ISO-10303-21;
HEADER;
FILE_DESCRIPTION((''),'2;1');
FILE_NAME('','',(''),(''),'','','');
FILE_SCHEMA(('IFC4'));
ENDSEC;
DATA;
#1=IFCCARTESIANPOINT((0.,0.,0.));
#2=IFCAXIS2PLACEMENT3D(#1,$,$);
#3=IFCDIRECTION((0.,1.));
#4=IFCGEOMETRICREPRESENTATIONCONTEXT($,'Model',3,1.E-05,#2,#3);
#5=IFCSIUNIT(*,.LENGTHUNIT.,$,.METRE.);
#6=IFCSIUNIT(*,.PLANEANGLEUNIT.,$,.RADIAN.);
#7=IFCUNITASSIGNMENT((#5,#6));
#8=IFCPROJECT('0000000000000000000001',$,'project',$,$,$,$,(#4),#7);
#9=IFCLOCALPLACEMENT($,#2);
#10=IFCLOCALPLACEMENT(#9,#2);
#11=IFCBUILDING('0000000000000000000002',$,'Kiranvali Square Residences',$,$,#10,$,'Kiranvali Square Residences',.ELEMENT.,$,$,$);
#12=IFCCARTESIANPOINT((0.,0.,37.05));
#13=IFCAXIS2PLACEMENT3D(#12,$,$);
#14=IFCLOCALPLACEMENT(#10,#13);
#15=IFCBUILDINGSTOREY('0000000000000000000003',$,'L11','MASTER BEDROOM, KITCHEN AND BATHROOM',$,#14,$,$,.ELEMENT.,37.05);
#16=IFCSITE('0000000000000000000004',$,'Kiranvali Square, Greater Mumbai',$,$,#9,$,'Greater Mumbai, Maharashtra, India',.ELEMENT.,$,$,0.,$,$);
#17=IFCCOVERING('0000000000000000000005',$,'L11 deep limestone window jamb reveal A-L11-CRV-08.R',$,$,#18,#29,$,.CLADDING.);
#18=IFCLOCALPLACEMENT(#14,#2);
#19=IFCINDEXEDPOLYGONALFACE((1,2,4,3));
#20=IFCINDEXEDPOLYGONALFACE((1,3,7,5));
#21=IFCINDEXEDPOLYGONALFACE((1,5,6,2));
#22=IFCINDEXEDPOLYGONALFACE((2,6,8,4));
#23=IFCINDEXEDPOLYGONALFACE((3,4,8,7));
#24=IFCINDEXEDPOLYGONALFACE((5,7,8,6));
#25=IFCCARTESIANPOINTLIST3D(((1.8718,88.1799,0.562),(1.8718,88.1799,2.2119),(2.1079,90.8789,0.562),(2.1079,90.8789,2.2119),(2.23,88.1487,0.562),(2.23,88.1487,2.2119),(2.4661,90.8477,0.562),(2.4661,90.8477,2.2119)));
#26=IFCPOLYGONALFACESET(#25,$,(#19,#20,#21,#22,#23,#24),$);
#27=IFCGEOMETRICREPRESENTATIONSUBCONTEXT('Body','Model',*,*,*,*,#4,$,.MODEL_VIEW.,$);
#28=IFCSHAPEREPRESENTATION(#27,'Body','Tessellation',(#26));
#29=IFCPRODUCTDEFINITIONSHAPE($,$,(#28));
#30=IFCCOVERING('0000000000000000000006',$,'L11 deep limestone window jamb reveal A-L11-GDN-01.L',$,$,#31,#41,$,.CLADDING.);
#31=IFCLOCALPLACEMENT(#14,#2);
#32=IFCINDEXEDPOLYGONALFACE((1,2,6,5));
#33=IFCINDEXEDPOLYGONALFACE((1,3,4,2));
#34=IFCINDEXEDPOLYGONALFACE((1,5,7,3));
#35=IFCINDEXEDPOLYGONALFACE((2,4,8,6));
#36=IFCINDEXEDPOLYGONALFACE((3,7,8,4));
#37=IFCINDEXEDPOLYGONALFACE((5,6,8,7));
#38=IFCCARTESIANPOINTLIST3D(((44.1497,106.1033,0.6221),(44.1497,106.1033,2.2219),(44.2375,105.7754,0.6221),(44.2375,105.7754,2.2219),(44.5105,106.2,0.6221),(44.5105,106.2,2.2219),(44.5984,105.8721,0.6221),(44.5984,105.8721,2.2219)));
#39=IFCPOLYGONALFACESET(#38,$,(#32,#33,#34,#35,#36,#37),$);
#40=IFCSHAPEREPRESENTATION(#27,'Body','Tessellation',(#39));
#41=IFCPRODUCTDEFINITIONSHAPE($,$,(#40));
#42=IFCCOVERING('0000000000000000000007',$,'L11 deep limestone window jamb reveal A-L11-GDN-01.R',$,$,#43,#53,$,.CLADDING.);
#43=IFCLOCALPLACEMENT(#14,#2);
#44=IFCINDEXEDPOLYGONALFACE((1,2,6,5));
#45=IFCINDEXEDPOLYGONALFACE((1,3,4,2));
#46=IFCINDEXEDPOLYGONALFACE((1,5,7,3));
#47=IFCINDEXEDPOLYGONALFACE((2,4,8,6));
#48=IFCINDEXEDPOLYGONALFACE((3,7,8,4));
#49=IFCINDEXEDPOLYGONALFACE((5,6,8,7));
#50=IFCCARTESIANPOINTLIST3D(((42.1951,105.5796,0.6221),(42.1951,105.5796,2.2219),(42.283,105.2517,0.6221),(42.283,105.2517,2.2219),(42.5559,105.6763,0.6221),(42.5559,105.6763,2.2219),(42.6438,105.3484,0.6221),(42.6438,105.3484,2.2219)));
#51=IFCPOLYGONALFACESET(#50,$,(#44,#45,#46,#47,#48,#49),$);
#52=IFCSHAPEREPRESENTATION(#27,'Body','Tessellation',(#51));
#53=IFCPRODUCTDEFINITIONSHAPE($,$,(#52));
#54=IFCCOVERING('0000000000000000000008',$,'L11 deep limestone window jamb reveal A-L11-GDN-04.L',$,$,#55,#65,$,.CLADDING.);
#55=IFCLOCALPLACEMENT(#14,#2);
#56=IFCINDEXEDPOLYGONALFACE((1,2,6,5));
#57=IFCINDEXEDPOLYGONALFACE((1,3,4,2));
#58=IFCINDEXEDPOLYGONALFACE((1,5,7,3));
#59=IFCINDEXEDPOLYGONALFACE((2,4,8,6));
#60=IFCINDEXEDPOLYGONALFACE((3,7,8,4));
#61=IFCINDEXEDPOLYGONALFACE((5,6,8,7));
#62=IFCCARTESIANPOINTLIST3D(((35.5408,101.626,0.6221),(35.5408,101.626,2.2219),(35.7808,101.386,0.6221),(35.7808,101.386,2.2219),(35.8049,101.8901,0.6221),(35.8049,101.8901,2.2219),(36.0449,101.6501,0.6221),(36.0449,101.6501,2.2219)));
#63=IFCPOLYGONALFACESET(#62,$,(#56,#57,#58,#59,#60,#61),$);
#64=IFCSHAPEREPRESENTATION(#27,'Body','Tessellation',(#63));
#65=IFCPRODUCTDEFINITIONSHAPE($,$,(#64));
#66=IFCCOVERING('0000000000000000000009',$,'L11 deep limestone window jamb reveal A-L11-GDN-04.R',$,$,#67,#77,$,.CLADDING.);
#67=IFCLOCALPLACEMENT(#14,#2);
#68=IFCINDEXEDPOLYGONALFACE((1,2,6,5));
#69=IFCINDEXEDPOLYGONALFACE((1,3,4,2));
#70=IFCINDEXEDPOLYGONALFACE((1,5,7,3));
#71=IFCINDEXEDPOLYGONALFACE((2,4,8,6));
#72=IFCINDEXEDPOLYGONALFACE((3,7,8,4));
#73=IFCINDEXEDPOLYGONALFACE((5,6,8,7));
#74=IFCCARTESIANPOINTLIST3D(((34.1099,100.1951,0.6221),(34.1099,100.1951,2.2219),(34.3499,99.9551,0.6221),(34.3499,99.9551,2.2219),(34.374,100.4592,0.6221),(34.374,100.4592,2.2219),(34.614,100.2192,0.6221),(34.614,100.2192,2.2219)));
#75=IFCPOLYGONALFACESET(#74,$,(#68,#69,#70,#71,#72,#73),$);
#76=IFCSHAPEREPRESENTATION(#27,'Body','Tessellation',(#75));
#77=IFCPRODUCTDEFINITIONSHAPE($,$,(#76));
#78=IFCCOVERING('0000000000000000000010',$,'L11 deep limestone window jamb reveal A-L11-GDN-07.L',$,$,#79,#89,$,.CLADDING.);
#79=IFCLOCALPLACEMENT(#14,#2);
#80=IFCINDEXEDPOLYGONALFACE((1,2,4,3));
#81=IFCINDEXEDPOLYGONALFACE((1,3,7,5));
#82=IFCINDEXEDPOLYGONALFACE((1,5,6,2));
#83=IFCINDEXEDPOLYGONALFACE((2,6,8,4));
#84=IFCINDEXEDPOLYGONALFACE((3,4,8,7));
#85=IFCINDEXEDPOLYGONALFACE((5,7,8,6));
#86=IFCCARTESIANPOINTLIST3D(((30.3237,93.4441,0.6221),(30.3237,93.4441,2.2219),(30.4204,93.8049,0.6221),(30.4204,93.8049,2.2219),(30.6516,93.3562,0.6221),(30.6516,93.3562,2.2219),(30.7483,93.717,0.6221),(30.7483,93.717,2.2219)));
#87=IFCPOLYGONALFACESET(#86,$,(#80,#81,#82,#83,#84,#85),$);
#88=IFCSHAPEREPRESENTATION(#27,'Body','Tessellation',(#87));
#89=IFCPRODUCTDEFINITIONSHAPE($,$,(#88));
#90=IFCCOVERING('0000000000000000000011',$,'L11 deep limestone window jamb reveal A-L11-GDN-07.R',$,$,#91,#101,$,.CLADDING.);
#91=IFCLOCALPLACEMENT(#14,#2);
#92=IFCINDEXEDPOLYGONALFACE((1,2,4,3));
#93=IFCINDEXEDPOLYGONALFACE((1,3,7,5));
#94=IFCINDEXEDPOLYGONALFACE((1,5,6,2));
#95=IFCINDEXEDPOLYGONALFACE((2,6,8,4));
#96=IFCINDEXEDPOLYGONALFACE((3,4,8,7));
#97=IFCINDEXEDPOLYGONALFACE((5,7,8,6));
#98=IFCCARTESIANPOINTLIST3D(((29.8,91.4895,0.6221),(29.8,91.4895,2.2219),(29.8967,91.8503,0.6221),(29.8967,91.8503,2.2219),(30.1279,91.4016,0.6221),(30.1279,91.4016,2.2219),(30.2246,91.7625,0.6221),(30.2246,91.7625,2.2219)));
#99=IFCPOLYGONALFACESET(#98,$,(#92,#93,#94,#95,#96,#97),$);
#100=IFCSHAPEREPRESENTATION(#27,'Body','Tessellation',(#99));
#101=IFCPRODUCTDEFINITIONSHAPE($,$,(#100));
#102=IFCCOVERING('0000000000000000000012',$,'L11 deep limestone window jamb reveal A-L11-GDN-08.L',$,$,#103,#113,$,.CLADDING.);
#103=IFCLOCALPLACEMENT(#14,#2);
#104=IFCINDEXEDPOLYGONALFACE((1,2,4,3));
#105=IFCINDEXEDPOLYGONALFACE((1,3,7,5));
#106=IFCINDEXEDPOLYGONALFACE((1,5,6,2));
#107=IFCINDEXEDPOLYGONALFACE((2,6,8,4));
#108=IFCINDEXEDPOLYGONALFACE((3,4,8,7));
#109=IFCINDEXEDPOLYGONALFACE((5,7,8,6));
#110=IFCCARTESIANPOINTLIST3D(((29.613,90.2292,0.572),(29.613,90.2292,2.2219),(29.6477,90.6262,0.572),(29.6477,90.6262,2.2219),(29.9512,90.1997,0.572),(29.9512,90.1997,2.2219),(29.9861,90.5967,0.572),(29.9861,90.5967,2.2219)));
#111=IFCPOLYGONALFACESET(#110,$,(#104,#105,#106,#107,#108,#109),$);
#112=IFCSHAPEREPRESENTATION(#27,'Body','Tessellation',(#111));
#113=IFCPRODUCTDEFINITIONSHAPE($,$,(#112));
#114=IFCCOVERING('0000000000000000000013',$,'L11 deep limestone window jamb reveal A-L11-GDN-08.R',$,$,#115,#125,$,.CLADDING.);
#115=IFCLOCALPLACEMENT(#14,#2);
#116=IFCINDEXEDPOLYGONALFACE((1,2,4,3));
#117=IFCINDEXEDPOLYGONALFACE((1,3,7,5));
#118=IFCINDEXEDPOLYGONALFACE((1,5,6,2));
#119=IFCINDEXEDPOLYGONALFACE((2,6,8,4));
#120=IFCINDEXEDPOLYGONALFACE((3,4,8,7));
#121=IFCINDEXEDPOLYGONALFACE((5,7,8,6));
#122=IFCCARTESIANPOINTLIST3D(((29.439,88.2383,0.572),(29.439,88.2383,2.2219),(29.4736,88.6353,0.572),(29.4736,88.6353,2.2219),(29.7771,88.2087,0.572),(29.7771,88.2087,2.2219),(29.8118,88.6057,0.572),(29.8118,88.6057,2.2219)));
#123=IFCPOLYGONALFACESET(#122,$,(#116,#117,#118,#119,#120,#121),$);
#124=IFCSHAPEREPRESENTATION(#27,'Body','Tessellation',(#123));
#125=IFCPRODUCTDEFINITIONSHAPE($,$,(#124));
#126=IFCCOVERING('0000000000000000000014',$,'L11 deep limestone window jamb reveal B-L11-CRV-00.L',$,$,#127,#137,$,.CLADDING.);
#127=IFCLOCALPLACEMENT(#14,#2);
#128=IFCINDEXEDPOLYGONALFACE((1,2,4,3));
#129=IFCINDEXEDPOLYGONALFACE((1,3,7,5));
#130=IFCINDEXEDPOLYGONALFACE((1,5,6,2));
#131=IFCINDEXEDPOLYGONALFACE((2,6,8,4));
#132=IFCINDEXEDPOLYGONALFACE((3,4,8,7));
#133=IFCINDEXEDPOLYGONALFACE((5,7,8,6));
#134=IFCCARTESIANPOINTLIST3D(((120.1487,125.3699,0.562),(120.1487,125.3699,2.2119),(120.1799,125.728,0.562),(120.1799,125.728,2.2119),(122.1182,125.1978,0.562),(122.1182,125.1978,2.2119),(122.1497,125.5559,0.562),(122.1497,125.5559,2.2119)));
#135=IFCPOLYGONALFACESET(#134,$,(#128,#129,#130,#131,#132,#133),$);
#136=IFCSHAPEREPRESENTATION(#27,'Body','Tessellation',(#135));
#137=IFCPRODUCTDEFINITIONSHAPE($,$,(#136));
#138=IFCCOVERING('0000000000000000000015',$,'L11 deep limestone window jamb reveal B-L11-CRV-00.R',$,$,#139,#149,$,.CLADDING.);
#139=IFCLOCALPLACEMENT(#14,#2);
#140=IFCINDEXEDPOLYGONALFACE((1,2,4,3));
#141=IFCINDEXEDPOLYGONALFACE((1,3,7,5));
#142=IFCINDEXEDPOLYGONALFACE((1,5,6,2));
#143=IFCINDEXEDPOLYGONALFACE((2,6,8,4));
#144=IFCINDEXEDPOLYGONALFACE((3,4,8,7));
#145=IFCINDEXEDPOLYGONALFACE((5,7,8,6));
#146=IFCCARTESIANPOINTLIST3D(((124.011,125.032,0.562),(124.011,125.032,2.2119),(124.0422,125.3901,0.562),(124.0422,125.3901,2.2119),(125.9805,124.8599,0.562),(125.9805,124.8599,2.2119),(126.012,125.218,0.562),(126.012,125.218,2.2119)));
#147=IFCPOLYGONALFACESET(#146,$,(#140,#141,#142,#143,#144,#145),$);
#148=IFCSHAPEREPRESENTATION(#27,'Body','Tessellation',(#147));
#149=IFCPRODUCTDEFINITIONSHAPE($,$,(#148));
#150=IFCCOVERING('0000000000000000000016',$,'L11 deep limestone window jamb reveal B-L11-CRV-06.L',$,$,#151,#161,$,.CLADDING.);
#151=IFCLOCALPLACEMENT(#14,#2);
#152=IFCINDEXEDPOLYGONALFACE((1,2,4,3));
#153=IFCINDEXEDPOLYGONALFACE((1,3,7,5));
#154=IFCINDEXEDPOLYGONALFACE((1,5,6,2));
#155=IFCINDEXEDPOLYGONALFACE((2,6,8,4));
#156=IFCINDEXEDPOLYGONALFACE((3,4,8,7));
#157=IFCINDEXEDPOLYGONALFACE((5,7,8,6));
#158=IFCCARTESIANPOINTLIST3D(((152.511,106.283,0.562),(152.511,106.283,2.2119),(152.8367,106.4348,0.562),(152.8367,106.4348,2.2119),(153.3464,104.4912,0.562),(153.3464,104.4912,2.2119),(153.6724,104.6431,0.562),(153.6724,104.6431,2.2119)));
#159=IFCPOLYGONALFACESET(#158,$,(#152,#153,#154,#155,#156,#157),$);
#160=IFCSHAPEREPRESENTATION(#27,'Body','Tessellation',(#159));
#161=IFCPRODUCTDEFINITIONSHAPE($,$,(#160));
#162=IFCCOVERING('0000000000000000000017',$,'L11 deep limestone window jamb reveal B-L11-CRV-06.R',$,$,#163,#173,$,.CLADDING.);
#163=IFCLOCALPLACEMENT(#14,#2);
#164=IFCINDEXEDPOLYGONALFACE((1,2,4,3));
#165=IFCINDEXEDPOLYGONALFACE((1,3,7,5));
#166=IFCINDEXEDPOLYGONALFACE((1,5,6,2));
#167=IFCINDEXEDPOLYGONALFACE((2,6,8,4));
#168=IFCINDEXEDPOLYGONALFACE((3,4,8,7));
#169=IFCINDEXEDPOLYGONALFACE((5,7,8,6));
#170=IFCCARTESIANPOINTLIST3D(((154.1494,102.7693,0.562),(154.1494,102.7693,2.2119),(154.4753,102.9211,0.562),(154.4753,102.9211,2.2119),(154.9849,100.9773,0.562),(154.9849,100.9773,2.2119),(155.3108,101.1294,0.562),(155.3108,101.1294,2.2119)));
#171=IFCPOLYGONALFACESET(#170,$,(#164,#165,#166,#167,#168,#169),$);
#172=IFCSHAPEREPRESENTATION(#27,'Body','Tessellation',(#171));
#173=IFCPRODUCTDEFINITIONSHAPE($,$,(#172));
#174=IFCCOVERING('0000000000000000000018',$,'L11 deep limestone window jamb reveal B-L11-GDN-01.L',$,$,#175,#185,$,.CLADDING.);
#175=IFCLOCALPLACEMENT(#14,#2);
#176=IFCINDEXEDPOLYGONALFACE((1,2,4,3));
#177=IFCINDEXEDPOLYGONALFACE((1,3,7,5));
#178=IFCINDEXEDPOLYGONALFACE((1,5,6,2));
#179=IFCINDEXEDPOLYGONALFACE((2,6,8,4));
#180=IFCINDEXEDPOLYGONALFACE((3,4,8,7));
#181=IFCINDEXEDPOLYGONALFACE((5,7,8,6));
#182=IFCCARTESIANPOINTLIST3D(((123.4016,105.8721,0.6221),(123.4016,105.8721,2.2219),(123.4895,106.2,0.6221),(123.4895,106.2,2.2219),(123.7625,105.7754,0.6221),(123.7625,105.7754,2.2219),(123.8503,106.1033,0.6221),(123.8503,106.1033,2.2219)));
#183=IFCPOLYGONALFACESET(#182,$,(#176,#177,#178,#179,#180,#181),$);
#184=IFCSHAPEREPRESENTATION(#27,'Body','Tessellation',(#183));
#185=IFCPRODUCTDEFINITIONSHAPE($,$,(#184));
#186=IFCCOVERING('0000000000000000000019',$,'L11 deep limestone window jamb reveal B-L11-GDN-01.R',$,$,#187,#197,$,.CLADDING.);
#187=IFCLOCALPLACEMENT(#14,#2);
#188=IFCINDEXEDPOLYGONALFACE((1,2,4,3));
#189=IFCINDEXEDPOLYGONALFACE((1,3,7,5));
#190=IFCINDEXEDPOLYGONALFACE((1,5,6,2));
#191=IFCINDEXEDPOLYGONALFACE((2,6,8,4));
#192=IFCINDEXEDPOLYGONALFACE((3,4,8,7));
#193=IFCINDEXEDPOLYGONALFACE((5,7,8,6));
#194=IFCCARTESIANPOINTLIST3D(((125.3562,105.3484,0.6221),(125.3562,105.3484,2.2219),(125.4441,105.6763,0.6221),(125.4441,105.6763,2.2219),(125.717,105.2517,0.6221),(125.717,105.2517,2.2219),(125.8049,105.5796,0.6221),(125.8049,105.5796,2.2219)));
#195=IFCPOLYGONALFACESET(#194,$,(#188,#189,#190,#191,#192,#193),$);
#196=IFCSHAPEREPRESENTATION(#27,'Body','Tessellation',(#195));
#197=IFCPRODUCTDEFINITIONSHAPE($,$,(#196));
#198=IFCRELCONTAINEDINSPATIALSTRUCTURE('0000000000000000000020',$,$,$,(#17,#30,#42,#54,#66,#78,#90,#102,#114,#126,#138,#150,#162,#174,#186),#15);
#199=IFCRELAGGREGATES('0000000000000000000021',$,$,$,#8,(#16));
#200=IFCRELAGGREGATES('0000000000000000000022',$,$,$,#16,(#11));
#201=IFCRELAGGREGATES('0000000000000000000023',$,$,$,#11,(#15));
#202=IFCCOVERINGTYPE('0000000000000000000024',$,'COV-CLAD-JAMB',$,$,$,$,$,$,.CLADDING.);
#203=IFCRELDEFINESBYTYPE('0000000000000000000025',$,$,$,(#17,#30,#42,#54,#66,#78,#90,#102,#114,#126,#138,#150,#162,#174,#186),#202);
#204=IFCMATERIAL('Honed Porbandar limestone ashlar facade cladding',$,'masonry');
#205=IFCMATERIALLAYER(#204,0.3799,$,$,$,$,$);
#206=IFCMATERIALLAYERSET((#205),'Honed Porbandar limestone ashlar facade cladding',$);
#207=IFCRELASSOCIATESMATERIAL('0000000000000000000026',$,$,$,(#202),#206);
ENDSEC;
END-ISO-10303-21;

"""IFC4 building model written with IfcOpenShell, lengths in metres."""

from ifc_helpers import new_model, si_unit, direction, frame, origin, place, context, subcontext, project, spatial, polyline, outline, extrude, material, layer, layer_set, type_object, element, save


model = new_model("IFC4")

# Units and contexts
model_context = context("Model", 3, precision=1e-05, world=origin(), true_north=direction((0.0, 1.0)))
body_context = subcontext(model_context, "Body", "Model", "MODEL_VIEW")
ifc_project = project(units=[si_unit("LENGTHUNIT", "METRE"), si_unit("PLANEANGLEUNIT", "RADIAN")], contexts=[model_context])

# Site, building, storey
site_placement = place(None, origin())
site = spatial("IfcSite", under=ifc_project, at=site_placement, Name="Kiranvali Square, Greater Mumbai", LongName="Greater Mumbai, Maharashtra, India", CompositionType="ELEMENT", RefElevation=0.0)
building_placement = place(site_placement, origin())
building = spatial("IfcBuilding", under=site, at=building_placement, Name="Kiranvali Square Residences", LongName="Kiranvali Square Residences", CompositionType="ELEMENT")
storey_placement = place(building_placement, frame((0.0, 0.0, 37.05)))
storey = spatial("IfcBuildingStorey", under=building, at=storey_placement, Name="L11", Description="MASTER BEDROOM, KITCHEN AND BATHROOM", CompositionType="ELEMENT", Elevation=37.05)

# Coverings
ifc_material = material(Name="Honed Porbandar limestone ashlar facade cladding", Category="masonry")
ifc_layer = layer(ifc_material, 0.3799)
ifc_layer_set = layer_set([ifc_layer], Name="Honed Porbandar limestone ashlar facade cladding")
covering_type = type_object("IfcCoveringType", Name="COV-CLAD-JAMB", PredefinedType="CLADDING", material=ifc_layer_set)
covering_1_placement = place(storey_placement, frame((0.0, 0.0, 0.562)))
element("IfcCovering", 1, at=covering_1_placement, inside=storey, type_object=covering_type, Name="L11 deep limestone window jamb reveal A-L11-CRV-08.R", PredefinedType="CLADDING", context=body_context, shape_type="SweptSolid", body=[
    extrude(outline(polyline([(2.1079, 90.8789), (1.8718, 88.1799), (2.23, 88.1487), (2.4661, 90.8477), (2.1079, 90.8789)])), origin(), (0.0, 0.0, 1.0), 1.6499),
])
covering_2_placement = place(storey_placement, frame((0.0, 0.0, 0.6221)))
element("IfcCovering", 2, at=covering_2_placement, inside=storey, type_object=covering_type, Name="L11 deep limestone window jamb reveal A-L11-GDN-01.L", PredefinedType="CLADDING", context=body_context, shape_type="SweptSolid", body=[
    extrude(outline(polyline([(44.5105, 106.2), (44.1497, 106.1033), (44.2375, 105.7754), (44.5984, 105.8721), (44.5105, 106.2)])), origin(), (0.0, 0.0, 1.0), 1.5999),
])
covering_3_placement = place(storey_placement, frame((0.0, 0.0, 0.6221)))
element("IfcCovering", 3, at=covering_3_placement, inside=storey, type_object=covering_type, Name="L11 deep limestone window jamb reveal A-L11-GDN-01.R", PredefinedType="CLADDING", context=body_context, shape_type="SweptSolid", body=[
    extrude(outline(polyline([(42.5559, 105.6763), (42.1951, 105.5796), (42.283, 105.2517), (42.6438, 105.3484), (42.5559, 105.6763)])), origin(), (0.0, 0.0, 1.0), 1.5999),
])
covering_4_placement = place(storey_placement, frame((0.0, 0.0, 0.6221)))
element("IfcCovering", 4, at=covering_4_placement, inside=storey, type_object=covering_type, Name="L11 deep limestone window jamb reveal A-L11-GDN-04.L", PredefinedType="CLADDING", context=body_context, shape_type="SweptSolid", body=[
    extrude(outline(polyline([(35.8049, 101.8901), (35.5408, 101.626), (35.7808, 101.386), (36.0449, 101.6501), (35.8049, 101.8901)])), origin(), (0.0, 0.0, 1.0), 1.5999),
])
covering_5_placement = place(storey_placement, frame((0.0, 0.0, 0.6221)))
element("IfcCovering", 5, at=covering_5_placement, inside=storey, type_object=covering_type, Name="L11 deep limestone window jamb reveal A-L11-GDN-04.R", PredefinedType="CLADDING", context=body_context, shape_type="SweptSolid", body=[
    extrude(outline(polyline([(34.374, 100.4592), (34.1099, 100.1951), (34.3499, 99.9551), (34.614, 100.2192), (34.374, 100.4592)])), origin(), (0.0, 0.0, 1.0), 1.5999),
])
covering_6_placement = place(storey_placement, frame((0.0, 0.0, 0.6221)))
element("IfcCovering", 6, at=covering_6_placement, inside=storey, type_object=covering_type, Name="L11 deep limestone window jamb reveal A-L11-GDN-07.L", PredefinedType="CLADDING", context=body_context, shape_type="SweptSolid", body=[
    extrude(outline(polyline([(30.4204, 93.8049), (30.3237, 93.4441), (30.6516, 93.3562), (30.7483, 93.717), (30.4204, 93.8049)])), origin(), (0.0, 0.0, 1.0), 1.5999),
])
covering_7_placement = place(storey_placement, frame((0.0, 0.0, 0.6221)))
element("IfcCovering", 7, at=covering_7_placement, inside=storey, type_object=covering_type, Name="L11 deep limestone window jamb reveal A-L11-GDN-07.R", PredefinedType="CLADDING", context=body_context, shape_type="SweptSolid", body=[
    extrude(outline(polyline([(29.8967, 91.8503), (29.8, 91.4895), (30.1279, 91.4016), (30.2246, 91.7625), (29.8967, 91.8503)])), origin(), (0.0, 0.0, 1.0), 1.5999),
])
covering_8_placement = place(storey_placement, frame((0.0, 0.0, 0.572)))
element("IfcCovering", 8, at=covering_8_placement, inside=storey, type_object=covering_type, Name="L11 deep limestone window jamb reveal A-L11-GDN-08.L", PredefinedType="CLADDING", context=body_context, shape_type="SweptSolid", body=[
    extrude(outline(polyline([(29.6477, 90.6262), (29.613, 90.2292), (29.9512, 90.1997), (29.9861, 90.5967), (29.6477, 90.6262)])), origin(), (0.0, 0.0, 1.0), 1.6499),
])
covering_9_placement = place(storey_placement, frame((0.0, 0.0, 0.572)))
element("IfcCovering", 9, at=covering_9_placement, inside=storey, type_object=covering_type, Name="L11 deep limestone window jamb reveal A-L11-GDN-08.R", PredefinedType="CLADDING", context=body_context, shape_type="SweptSolid", body=[
    extrude(outline(polyline([(29.4736, 88.6353), (29.439, 88.2383), (29.7771, 88.2087), (29.8118, 88.6057), (29.4736, 88.6353)])), origin(), (0.0, 0.0, 1.0), 1.6499),
])
covering_10_placement = place(storey_placement, frame((0.0, 0.0, 0.562)))
element("IfcCovering", 10, at=covering_10_placement, inside=storey, type_object=covering_type, Name="L11 deep limestone window jamb reveal B-L11-CRV-00.L", PredefinedType="CLADDING", context=body_context, shape_type="SweptSolid", body=[
    extrude(outline(polyline([(120.1487, 125.3699), (122.1182, 125.1978), (122.1497, 125.5559), (120.1799, 125.728), (120.1487, 125.3699)])), origin(), (0.0, 0.0, 1.0), 1.6499),
])
covering_11_placement = place(storey_placement, frame((0.0, 0.0, 0.562)))
element("IfcCovering", 11, at=covering_11_placement, inside=storey, type_object=covering_type, Name="L11 deep limestone window jamb reveal B-L11-CRV-00.R", PredefinedType="CLADDING", context=body_context, shape_type="SweptSolid", body=[
    extrude(outline(polyline([(124.011, 125.032), (125.9805, 124.8599), (126.012, 125.218), (124.0422, 125.3901), (124.011, 125.032)])), origin(), (0.0, 0.0, 1.0), 1.6499),
])
covering_12_placement = place(storey_placement, frame((0.0, 0.0, 0.562)))
element("IfcCovering", 12, at=covering_12_placement, inside=storey, type_object=covering_type, Name="L11 deep limestone window jamb reveal B-L11-CRV-06.L", PredefinedType="CLADDING", context=body_context, shape_type="SweptSolid", body=[
    extrude(outline(polyline([(152.511, 106.283), (153.3464, 104.4912), (153.6724, 104.6431), (152.8367, 106.4348), (152.511, 106.283)])), origin(), (0.0, 0.0, 1.0), 1.6499),
])
covering_13_placement = place(storey_placement, frame((0.0, 0.0, 0.562)))
element("IfcCovering", 13, at=covering_13_placement, inside=storey, type_object=covering_type, Name="L11 deep limestone window jamb reveal B-L11-CRV-06.R", PredefinedType="CLADDING", context=body_context, shape_type="SweptSolid", body=[
    extrude(outline(polyline([(154.1494, 102.7693), (154.9849, 100.9773), (155.3108, 101.1294), (154.4753, 102.9211), (154.1494, 102.7693)])), origin(), (0.0, 0.0, 1.0), 1.6499),
])
covering_14_placement = place(storey_placement, frame((0.0, 0.0, 0.6221)))
element("IfcCovering", 14, at=covering_14_placement, inside=storey, type_object=covering_type, Name="L11 deep limestone window jamb reveal B-L11-GDN-01.L", PredefinedType="CLADDING", context=body_context, shape_type="SweptSolid", body=[
    extrude(outline(polyline([(123.4016, 105.8721), (123.7625, 105.7754), (123.8503, 106.1033), (123.4895, 106.2), (123.4016, 105.8721)])), origin(), (0.0, 0.0, 1.0), 1.5999),
])
covering_15_placement = place(storey_placement, frame((0.0, 0.0, 0.6221)))
element("IfcCovering", 15, at=covering_15_placement, inside=storey, type_object=covering_type, Name="L11 deep limestone window jamb reveal B-L11-GDN-01.R", PredefinedType="CLADDING", context=body_context, shape_type="SweptSolid", body=[
    extrude(outline(polyline([(125.3562, 105.3484), (125.717, 105.2517), (125.8049, 105.5796), (125.4441, 105.6763), (125.3562, 105.3484)])), origin(), (0.0, 0.0, 1.0), 1.5999),
])

save(model, "model.ifc")
